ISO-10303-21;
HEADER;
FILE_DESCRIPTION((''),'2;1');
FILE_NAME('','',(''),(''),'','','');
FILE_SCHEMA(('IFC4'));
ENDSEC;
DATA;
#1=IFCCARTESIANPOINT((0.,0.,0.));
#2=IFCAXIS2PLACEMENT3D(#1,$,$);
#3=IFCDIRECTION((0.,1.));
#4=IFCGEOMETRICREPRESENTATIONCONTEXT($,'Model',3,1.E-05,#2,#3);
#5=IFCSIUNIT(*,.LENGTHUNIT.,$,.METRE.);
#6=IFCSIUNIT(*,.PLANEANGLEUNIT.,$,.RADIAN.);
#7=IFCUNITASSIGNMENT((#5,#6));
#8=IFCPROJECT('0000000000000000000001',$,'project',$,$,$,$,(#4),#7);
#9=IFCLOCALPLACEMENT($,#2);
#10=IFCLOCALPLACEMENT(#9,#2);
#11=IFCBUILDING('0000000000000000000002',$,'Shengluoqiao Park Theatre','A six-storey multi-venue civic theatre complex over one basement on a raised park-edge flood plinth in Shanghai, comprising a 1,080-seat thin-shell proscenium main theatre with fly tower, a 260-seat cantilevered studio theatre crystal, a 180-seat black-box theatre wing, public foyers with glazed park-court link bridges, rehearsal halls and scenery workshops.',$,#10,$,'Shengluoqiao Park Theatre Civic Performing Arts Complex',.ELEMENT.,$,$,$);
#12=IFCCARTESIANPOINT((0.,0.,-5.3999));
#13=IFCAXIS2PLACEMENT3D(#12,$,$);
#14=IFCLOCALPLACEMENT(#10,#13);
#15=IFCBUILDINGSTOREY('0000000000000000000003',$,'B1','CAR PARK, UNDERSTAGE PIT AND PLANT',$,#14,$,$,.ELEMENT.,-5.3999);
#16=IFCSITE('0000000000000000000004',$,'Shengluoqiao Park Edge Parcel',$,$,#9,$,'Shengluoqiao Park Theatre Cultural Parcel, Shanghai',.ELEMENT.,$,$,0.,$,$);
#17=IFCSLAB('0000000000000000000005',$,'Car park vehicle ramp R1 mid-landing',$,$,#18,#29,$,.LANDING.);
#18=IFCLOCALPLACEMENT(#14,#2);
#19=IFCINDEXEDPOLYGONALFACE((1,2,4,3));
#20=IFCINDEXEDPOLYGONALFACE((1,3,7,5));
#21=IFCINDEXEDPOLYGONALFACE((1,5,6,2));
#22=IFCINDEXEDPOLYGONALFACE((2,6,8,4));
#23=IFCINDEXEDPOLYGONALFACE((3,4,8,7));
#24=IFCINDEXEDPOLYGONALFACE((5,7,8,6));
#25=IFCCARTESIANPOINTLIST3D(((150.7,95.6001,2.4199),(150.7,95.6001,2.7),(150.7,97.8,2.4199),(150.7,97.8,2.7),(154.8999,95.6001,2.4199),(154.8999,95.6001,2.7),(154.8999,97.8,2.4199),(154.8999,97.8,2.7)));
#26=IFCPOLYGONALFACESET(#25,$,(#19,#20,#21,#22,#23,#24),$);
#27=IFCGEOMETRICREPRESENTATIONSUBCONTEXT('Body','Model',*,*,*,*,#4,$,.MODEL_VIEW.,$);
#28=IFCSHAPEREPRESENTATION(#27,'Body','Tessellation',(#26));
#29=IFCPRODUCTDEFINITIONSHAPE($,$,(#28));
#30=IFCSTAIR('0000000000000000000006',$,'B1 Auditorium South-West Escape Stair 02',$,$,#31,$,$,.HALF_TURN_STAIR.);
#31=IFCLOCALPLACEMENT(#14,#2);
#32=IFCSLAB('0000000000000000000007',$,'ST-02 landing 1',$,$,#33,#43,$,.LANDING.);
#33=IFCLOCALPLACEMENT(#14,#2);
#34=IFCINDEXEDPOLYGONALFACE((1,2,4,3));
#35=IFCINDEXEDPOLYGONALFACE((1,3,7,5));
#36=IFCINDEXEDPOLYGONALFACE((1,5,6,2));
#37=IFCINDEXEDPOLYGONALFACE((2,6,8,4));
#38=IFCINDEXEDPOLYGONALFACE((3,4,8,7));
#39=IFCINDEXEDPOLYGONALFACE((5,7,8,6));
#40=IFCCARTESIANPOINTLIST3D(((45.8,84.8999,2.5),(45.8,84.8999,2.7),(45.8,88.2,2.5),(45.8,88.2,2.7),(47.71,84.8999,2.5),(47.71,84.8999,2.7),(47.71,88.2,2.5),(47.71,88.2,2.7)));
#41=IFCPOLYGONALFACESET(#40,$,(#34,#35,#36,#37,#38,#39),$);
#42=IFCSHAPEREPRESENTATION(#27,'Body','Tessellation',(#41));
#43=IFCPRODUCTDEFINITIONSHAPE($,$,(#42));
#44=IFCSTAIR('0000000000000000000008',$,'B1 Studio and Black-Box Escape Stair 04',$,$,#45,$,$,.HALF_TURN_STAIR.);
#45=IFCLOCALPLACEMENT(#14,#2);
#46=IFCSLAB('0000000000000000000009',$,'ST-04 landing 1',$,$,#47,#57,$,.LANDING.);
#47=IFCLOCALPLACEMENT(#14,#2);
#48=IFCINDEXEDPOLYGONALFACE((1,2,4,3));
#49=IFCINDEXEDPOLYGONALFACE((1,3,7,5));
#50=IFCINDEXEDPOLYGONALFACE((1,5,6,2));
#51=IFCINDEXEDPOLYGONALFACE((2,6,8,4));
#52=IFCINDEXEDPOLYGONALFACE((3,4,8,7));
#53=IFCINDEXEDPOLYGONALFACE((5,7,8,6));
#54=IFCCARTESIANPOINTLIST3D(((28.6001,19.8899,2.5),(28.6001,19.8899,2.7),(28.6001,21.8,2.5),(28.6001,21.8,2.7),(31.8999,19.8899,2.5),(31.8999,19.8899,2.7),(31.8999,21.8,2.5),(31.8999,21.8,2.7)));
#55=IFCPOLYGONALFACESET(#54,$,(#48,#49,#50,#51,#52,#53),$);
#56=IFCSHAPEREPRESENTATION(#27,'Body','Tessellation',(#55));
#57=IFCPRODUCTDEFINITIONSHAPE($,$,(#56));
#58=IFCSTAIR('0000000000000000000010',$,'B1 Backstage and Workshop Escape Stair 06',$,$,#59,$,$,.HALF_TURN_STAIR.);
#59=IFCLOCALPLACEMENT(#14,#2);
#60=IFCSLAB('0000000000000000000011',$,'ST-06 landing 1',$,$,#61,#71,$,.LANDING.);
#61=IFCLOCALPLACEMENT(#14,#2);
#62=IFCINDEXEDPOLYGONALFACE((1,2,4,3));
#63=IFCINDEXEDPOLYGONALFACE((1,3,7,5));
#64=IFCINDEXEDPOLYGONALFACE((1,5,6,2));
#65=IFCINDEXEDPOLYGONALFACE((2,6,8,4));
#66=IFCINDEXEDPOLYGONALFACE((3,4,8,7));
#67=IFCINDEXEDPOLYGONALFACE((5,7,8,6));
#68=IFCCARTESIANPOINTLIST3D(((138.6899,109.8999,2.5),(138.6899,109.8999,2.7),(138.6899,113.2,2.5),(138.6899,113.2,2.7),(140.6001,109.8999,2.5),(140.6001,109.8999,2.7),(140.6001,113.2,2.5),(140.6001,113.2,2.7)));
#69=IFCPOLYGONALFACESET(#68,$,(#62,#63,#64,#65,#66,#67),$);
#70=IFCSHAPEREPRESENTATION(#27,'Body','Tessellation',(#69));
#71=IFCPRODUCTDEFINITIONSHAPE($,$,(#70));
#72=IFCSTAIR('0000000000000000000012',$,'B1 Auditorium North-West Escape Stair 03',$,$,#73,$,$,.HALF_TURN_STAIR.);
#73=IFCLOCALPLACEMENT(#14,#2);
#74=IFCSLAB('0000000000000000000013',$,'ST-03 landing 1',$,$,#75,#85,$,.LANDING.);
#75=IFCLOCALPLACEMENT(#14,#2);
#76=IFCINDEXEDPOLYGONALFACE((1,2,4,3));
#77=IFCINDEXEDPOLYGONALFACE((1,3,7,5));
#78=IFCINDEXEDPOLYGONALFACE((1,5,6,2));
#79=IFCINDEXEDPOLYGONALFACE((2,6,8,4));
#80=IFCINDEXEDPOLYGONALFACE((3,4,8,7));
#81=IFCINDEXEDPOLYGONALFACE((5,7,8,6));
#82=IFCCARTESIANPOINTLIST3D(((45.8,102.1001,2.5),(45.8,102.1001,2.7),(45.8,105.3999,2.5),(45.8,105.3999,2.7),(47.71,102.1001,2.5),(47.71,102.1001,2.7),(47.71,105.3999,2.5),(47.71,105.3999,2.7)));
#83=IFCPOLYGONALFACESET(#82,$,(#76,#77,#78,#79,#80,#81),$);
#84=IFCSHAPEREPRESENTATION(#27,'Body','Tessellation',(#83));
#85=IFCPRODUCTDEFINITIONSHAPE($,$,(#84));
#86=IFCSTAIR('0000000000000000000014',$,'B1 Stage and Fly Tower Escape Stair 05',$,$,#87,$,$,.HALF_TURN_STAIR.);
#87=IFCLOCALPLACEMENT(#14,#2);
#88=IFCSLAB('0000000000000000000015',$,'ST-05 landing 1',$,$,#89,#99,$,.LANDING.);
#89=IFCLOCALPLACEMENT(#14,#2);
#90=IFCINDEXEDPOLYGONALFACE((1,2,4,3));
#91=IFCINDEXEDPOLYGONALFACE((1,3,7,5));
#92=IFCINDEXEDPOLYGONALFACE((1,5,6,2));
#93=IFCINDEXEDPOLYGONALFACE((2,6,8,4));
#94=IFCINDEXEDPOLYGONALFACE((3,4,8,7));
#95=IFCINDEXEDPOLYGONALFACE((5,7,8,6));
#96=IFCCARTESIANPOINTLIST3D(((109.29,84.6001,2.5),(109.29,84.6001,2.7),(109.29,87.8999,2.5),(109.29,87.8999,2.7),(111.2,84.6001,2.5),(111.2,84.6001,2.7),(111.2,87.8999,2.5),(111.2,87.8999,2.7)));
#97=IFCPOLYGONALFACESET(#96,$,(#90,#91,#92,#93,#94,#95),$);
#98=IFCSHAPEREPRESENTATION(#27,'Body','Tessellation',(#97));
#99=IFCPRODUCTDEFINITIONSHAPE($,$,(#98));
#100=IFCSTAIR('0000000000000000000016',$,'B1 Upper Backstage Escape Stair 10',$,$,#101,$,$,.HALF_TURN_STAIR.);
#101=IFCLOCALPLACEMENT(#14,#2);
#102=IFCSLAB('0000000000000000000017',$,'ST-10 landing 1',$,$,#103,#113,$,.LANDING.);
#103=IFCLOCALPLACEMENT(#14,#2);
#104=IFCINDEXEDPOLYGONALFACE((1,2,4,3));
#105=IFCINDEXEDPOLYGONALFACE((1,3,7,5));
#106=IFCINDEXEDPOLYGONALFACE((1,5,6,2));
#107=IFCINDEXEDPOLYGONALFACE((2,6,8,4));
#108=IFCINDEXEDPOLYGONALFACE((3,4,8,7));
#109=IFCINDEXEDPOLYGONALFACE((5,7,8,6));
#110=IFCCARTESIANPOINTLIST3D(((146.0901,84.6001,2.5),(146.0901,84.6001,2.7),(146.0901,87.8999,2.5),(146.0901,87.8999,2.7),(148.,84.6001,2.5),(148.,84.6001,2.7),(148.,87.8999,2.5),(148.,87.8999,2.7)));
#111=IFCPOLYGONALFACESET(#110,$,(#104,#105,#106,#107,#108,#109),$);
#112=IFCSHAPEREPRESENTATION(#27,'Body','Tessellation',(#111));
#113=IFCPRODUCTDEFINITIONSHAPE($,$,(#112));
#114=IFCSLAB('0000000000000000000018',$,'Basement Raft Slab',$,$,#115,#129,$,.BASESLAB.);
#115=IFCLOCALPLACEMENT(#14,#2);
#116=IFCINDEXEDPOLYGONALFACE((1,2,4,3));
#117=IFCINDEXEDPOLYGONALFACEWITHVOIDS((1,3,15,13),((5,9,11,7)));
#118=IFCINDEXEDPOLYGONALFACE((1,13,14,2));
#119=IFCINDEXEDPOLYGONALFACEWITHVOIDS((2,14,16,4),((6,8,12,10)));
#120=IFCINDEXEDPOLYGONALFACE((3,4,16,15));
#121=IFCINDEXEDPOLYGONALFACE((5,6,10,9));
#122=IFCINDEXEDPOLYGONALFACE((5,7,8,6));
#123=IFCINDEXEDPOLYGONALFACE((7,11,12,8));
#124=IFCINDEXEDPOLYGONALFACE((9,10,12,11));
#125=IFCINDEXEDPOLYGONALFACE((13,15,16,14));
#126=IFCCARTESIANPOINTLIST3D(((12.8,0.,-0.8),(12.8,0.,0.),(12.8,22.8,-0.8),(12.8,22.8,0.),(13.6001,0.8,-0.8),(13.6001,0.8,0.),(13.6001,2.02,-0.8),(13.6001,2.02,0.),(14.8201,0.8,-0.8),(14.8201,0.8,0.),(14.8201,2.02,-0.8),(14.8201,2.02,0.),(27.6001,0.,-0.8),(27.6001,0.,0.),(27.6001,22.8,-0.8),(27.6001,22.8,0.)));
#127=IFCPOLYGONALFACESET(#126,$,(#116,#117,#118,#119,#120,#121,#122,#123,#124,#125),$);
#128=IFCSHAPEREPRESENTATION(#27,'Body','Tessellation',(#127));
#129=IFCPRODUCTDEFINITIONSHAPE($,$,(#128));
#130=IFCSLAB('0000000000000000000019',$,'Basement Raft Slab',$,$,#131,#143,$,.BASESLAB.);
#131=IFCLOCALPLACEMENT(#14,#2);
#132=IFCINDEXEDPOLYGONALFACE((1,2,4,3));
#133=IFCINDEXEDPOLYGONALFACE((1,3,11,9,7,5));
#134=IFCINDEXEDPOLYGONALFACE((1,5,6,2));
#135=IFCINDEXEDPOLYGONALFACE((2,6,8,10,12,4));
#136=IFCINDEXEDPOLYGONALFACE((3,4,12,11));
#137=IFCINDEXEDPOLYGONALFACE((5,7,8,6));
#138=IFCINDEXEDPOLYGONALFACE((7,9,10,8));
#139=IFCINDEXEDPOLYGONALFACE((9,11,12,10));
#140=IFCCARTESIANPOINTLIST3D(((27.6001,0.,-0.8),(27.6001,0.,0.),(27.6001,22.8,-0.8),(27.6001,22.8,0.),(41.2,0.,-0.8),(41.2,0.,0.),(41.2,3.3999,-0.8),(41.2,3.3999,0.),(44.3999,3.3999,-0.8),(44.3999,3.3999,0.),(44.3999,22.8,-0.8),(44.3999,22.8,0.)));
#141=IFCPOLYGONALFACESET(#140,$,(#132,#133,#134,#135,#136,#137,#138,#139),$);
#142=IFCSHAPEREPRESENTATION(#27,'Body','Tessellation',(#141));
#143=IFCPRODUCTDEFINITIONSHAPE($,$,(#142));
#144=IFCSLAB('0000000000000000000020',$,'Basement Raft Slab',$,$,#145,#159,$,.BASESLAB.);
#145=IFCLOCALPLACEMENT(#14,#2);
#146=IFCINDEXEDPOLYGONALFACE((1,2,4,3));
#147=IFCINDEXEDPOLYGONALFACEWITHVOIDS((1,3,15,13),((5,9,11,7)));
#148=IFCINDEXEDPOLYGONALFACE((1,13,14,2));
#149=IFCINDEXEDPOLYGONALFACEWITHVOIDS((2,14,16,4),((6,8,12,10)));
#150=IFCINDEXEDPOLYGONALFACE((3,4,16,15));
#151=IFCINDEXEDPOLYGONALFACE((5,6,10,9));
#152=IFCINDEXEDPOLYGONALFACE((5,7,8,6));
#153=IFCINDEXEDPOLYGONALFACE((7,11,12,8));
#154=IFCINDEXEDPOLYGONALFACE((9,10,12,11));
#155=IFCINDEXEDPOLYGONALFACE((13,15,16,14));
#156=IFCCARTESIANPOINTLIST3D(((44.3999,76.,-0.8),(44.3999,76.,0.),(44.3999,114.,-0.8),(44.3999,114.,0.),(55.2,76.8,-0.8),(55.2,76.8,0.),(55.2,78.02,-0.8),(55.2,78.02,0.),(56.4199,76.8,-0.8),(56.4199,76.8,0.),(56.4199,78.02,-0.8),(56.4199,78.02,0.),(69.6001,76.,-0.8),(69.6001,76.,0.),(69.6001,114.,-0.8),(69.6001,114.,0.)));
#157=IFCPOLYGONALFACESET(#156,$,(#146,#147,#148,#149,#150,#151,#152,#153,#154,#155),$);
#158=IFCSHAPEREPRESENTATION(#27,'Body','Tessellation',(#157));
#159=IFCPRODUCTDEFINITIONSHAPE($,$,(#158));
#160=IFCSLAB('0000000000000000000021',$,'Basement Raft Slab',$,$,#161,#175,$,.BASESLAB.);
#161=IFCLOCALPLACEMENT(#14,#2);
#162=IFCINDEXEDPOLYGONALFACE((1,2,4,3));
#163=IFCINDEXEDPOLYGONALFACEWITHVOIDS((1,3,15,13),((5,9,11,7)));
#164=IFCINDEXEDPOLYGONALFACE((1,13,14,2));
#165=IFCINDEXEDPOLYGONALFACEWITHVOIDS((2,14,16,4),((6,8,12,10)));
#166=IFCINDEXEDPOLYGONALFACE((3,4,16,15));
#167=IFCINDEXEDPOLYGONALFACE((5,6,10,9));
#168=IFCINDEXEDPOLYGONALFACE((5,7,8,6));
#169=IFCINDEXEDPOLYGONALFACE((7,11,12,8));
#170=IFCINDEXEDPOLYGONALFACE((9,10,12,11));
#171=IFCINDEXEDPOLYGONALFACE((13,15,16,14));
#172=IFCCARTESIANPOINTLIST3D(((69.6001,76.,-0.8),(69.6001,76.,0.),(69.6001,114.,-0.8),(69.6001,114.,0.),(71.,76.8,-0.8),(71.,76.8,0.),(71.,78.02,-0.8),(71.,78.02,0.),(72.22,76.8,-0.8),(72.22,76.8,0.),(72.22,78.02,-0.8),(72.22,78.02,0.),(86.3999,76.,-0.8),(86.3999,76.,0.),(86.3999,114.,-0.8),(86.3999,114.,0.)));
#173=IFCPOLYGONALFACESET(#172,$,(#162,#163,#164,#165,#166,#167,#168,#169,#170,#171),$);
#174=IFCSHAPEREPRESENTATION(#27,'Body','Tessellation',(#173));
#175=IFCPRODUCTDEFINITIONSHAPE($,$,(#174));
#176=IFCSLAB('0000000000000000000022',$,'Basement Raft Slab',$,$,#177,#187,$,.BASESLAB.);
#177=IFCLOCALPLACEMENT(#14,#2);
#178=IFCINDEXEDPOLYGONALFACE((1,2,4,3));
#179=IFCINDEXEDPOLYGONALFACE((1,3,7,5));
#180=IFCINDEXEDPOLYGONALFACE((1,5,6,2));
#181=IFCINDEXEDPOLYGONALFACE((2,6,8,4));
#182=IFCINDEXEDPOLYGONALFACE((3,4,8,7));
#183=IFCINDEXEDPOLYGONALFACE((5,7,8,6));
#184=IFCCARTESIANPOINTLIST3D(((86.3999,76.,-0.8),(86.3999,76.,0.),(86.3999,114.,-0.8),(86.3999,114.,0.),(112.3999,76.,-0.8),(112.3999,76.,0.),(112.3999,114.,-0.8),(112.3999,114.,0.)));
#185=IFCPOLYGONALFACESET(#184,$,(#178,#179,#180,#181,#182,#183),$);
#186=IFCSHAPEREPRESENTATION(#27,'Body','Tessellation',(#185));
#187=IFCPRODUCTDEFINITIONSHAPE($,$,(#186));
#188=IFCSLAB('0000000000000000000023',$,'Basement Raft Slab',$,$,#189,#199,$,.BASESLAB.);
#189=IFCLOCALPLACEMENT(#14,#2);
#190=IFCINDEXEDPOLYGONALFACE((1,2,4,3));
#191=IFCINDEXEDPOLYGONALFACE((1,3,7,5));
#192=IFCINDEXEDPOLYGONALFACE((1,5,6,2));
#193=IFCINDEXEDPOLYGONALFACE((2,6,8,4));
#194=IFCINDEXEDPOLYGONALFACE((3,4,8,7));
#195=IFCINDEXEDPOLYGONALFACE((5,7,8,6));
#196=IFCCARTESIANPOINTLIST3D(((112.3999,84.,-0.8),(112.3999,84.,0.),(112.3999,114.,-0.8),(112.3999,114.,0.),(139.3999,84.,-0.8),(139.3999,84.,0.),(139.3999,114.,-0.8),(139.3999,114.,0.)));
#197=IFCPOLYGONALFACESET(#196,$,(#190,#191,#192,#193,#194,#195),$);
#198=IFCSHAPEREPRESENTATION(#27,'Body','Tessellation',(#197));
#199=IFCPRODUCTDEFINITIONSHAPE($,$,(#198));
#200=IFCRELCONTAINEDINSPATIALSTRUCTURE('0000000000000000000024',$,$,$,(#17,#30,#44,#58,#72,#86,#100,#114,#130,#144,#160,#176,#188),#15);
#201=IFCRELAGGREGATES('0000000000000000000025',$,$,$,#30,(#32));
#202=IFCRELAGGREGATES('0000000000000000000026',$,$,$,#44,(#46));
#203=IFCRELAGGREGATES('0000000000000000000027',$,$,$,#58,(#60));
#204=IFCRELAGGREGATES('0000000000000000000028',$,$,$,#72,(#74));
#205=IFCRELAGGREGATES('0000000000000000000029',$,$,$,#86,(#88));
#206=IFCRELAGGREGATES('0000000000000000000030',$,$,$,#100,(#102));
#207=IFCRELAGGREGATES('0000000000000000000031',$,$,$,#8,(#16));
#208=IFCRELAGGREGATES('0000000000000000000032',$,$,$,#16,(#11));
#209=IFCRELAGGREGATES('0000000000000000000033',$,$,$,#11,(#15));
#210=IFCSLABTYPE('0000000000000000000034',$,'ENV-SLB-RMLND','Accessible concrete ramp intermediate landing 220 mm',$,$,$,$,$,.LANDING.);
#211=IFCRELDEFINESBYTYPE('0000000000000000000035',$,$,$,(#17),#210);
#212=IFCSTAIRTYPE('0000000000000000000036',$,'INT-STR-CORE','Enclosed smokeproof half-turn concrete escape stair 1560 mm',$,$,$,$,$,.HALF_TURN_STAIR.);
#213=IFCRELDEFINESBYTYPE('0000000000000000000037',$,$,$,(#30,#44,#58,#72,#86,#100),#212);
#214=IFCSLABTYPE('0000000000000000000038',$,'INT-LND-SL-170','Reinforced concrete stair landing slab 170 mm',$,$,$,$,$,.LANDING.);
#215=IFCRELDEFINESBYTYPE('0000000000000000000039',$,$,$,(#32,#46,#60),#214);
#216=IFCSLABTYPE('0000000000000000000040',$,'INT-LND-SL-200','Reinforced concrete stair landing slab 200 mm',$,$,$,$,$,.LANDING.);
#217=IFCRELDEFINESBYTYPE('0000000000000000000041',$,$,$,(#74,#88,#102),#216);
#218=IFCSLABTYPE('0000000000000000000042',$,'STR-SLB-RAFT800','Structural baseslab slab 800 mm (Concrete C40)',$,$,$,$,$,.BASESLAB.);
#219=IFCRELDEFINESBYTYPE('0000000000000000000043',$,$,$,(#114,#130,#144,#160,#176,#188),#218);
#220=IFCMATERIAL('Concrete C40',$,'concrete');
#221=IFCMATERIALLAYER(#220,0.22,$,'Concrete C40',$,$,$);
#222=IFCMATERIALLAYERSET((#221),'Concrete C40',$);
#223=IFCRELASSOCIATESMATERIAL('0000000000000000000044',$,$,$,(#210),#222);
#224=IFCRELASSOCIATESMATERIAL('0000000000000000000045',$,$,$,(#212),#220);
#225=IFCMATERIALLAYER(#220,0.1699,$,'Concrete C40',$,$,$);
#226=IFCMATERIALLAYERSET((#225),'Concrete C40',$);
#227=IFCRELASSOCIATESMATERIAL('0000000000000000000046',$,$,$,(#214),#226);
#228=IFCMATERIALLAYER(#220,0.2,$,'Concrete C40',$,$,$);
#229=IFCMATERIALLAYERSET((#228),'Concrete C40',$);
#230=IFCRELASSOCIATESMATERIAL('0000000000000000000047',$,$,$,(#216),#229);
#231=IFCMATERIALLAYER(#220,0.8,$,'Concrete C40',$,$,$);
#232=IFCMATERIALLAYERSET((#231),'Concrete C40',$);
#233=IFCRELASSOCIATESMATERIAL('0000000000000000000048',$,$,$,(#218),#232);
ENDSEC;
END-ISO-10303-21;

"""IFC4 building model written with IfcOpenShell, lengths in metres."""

from ifc_helpers import new_model, si_unit, direction, frame, origin, place, context, subcontext, project, spatial, polyline, outline, extrude, material, layer, layer_set, type_object, element, aggregate, save


model = new_model("IFC4")

# Units and contexts
model_context = context("Model", 3, precision=1e-05, world=origin(), true_north=direction((0.0, 1.0)))
body_context = subcontext(model_context, "Body", "Model", "MODEL_VIEW")
ifc_project = project(units=[si_unit("LENGTHUNIT", "METRE"), si_unit("PLANEANGLEUNIT", "RADIAN")], contexts=[model_context])

# Site, building, storey
site_placement = place(None, origin())
site = spatial("IfcSite", under=ifc_project, at=site_placement, Name="Shengluoqiao Park Edge Parcel", LongName="Shengluoqiao Park Theatre Cultural Parcel, Shanghai", CompositionType="ELEMENT", RefElevation=0.0)
building_placement = place(site_placement, origin())
building = spatial("IfcBuilding", under=site, at=building_placement, Name="Shengluoqiao Park Theatre", Description="A six-storey multi-venue civic theatre complex over one basement on a raised park-edge flood plinth in Shanghai, comprising a 1,080-seat thin-shell proscenium main theatre with fly tower, a 260-seat cantilevered studio theatre crystal, a 180-seat black-box theatre wing, public foyers with glazed park-court link bridges, rehearsal halls and scenery workshops.", LongName="Shengluoqiao Park Theatre Civic Performing Arts Complex", CompositionType="ELEMENT")
storey_placement = place(building_placement, frame((0.0, 0.0, -5.3999)))
storey = spatial("IfcBuildingStorey", under=building, at=storey_placement, Name="B1", Description="CAR PARK, UNDERSTAGE PIT AND PLANT", CompositionType="ELEMENT", Elevation=-5.3999)

# Shared definitions
ifc_material_1 = material(Name="Concrete C40", Category="concrete")

# Slab
ifc_layer_1 = layer(ifc_material_1, 0.22, Name="Concrete C40")
ifc_layer_set_1 = layer_set([ifc_layer_1], Name="Concrete C40")
slab_type_1 = type_object("IfcSlabType", Name="ENV-SLB-RMLND", Description="Accessible concrete ramp intermediate landing 220 mm", PredefinedType="LANDING", material=ifc_layer_set_1)
slab_1_placement = place(storey_placement, frame((0.0, 0.0, 2.4199)))
element("IfcSlab", 1, at=slab_1_placement, inside=storey, type_object=slab_type_1, Name="Car park vehicle ramp R1 mid-landing", PredefinedType="LANDING", context=body_context, shape_type="SweptSolid", body=[
    extrude(outline(polyline([(150.7, 95.6001), (154.8999, 95.6001), (154.8999, 97.8), (150.7, 97.8), (150.7, 95.6001)])), origin(), (0.0, 0.0, 1.0), 0.28),
])

# Stairs, slabs
stair_type = type_object("IfcStairType", Name="INT-STR-CORE", Description="Enclosed smokeproof half-turn concrete escape stair 1560 mm", PredefinedType="HALF_TURN_STAIR", material=ifc_material_1)
stair_1_placement = place(storey_placement, origin())
stair_1 = element("IfcStair", 2, at=stair_1_placement, inside=storey, type_object=stair_type, Name="B1 Auditorium South-West Escape Stair 02", PredefinedType="HALF_TURN_STAIR")
ifc_layer_2 = layer(ifc_material_1, 0.1699, Name="Concrete C40")
ifc_layer_set_2 = layer_set([ifc_layer_2], Name="Concrete C40")
slab_type_2 = type_object("IfcSlabType", Name="INT-LND-SL-170", Description="Reinforced concrete stair landing slab 170 mm", PredefinedType="LANDING", material=ifc_layer_set_2)
slab_2_placement = place(storey_placement, frame((0.0, 0.0, 2.5)))
slab_2 = element("IfcSlab", 3, at=slab_2_placement, type_object=slab_type_2, Name="ST-02 landing 1", PredefinedType="LANDING", context=body_context, shape_type="SweptSolid", body=[
    extrude(outline(polyline([(47.71, 88.2), (45.8, 88.2), (45.8, 84.8999), (47.71, 84.8999), (47.71, 88.2)])), origin(), (0.0, 0.0, 1.0), 0.2),
])
aggregate(stair_1, [slab_2])
stair_2_placement = place(storey_placement, origin())
stair_2 = element("IfcStair", 4, at=stair_2_placement, inside=storey, type_object=stair_type, Name="B1 Studio and Black-Box Escape Stair 04", PredefinedType="HALF_TURN_STAIR")
slab_3_placement = place(storey_placement, frame((0.0, 0.0, 2.5)))
slab_3 = element("IfcSlab", 5, at=slab_3_placement, type_object=slab_type_2, Name="ST-04 landing 1", PredefinedType="LANDING", context=body_context, shape_type="SweptSolid", body=[
    extrude(outline(polyline([(31.8999, 19.8899), (31.8999, 21.8), (28.6001, 21.8), (28.6001, 19.8899), (31.8999, 19.8899)])), origin(), (0.0, 0.0, 1.0), 0.2),
])
aggregate(stair_2, [slab_3])
stair_3_placement = place(storey_placement, origin())
stair_3 = element("IfcStair", 6, at=stair_3_placement, inside=storey, type_object=stair_type, Name="B1 Backstage and Workshop Escape Stair 06", PredefinedType="HALF_TURN_STAIR")
slab_4_placement = place(storey_placement, frame((0.0, 0.0, 2.5)))
slab_4 = element("IfcSlab", 7, at=slab_4_placement, type_object=slab_type_2, Name="ST-06 landing 1", PredefinedType="LANDING", context=body_context, shape_type="SweptSolid", body=[
    extrude(outline(polyline([(138.6899, 109.8999), (140.6001, 109.8999), (140.6001, 113.2), (138.6899, 113.2), (138.6899, 109.8999)])), origin(), (0.0, 0.0, 1.0), 0.2),
])
aggregate(stair_3, [slab_4])
stair_4_placement = place(storey_placement, origin())
stair_4 = element("IfcStair", 8, at=stair_4_placement, inside=storey, type_object=stair_type, Name="B1 Auditorium North-West Escape Stair 03", PredefinedType="HALF_TURN_STAIR")
ifc_layer_3 = layer(ifc_material_1, 0.2, Name="Concrete C40")
ifc_layer_set_3 = layer_set([ifc_layer_3], Name="Concrete C40")
slab_type_3 = type_object("IfcSlabType", Name="INT-LND-SL-200", Description="Reinforced concrete stair landing slab 200 mm", PredefinedType="LANDING", material=ifc_layer_set_3)
slab_5_placement = place(storey_placement, frame((0.0, 0.0, 2.5)))
slab_5 = element("IfcSlab", 9, at=slab_5_placement, type_object=slab_type_3, Name="ST-03 landing 1", PredefinedType="LANDING", context=body_context, shape_type="SweptSolid", body=[
    extrude(outline(polyline([(47.71, 105.3999), (45.8, 105.3999), (45.8, 102.1001), (47.71, 102.1001), (47.71, 105.3999)])), origin(), (0.0, 0.0, 1.0), 0.2),
])
aggregate(stair_4, [slab_5])
stair_5_placement = place(storey_placement, origin())
stair_5 = element("IfcStair", 10, at=stair_5_placement, inside=storey, type_object=stair_type, Name="B1 Stage and Fly Tower Escape Stair 05", PredefinedType="HALF_TURN_STAIR")
slab_6_placement = place(storey_placement, frame((0.0, 0.0, 2.5)))
slab_6 = element("IfcSlab", 11, at=slab_6_placement, type_object=slab_type_3, Name="ST-05 landing 1", PredefinedType="LANDING", context=body_context, shape_type="SweptSolid", body=[
    extrude(outline(polyline([(109.29, 84.6001), (111.2, 84.6001), (111.2, 87.8999), (109.29, 87.8999), (109.29, 84.6001)])), origin(), (0.0, 0.0, 1.0), 0.2),
])
aggregate(stair_5, [slab_6])
stair_6_placement = place(storey_placement, origin())
stair_6 = element("IfcStair", 12, at=stair_6_placement, inside=storey, type_object=stair_type, Name="B1 Upper Backstage Escape Stair 10", PredefinedType="HALF_TURN_STAIR")
slab_7_placement = place(storey_placement, frame((0.0, 0.0, 2.5)))
slab_7 = element("IfcSlab", 13, at=slab_7_placement, type_object=slab_type_3, Name="ST-10 landing 1", PredefinedType="LANDING", context=body_context, shape_type="SweptSolid", body=[
    extrude(outline(polyline([(146.0901, 84.6001), (148.0, 84.6001), (148.0, 87.8999), (146.0901, 87.8999), (146.0901, 84.6001)])), origin(), (0.0, 0.0, 1.0), 0.2),
])
aggregate(stair_6, [slab_7])

# Slabs
ifc_layer_4 = layer(ifc_material_1, 0.8, Name="Concrete C40")
ifc_layer_set_4 = layer_set([ifc_layer_4], Name="Concrete C40")
slab_type_4 = type_object("IfcSlabType", Name="STR-SLB-RAFT800", Description="Structural baseslab slab 800 mm (Concrete C40)", PredefinedType="BASESLAB", material=ifc_layer_set_4)
slab_8_placement = place(storey_placement, frame((0.0, 0.0, -0.8)))
element("IfcSlab", 14, at=slab_8_placement, inside=storey, type_object=slab_type_4, Name="Basement Raft Slab", PredefinedType="BASESLAB", context=body_context, shape_type="SweptSolid", body=[
    extrude(outline(polyline([(12.8, 0.0), (12.8, 22.8), (27.6001, 22.8), (27.6001, 0.0), (12.8, 0.0)]), holes=[polyline([(13.6001, 0.8), (14.8201, 0.8), (14.8201, 2.02), (13.6001, 2.02), (13.6001, 0.8)])]), origin(), (0.0, 0.0, 1.0), 0.8),
])
slab_9_placement = place(storey_placement, frame((0.0, 0.0, -0.8)))
element("IfcSlab", 15, at=slab_9_placement, inside=storey, type_object=slab_type_4, Name="Basement Raft Slab", PredefinedType="BASESLAB", context=body_context, shape_type="SweptSolid", body=[
    extrude(outline(polyline([(27.6001, 22.8), (44.3999, 22.8), (44.3999, 3.3999), (41.2, 3.3999), (41.2, 0.0), (27.6001, 0.0), (27.6001, 22.8)])), origin(), (0.0, 0.0, 1.0), 0.8),
])
slab_10_placement = place(storey_placement, frame((0.0, 0.0, -0.8)))
element("IfcSlab", 16, at=slab_10_placement, inside=storey, type_object=slab_type_4, Name="Basement Raft Slab", PredefinedType="BASESLAB", context=body_context, shape_type="SweptSolid", body=[
    extrude(outline(polyline([(44.3999, 76.0), (44.3999, 114.0), (69.6001, 114.0), (69.6001, 76.0), (44.3999, 76.0)]), holes=[polyline([(55.2, 76.8), (56.4199, 76.8), (56.4199, 78.02), (55.2, 78.02), (55.2, 76.8)])]), origin(), (0.0, 0.0, 1.0), 0.8),
])
slab_11_placement = place(storey_placement, frame((0.0, 0.0, -0.8)))
element("IfcSlab", 17, at=slab_11_placement, inside=storey, type_object=slab_type_4, Name="Basement Raft Slab", PredefinedType="BASESLAB", context=body_context, shape_type="SweptSolid", body=[
    extrude(outline(polyline([(69.6001, 76.0), (69.6001, 114.0), (86.3999, 114.0), (86.3999, 76.0), (69.6001, 76.0)]), holes=[polyline([(71.0, 76.8), (72.22, 76.8), (72.22, 78.02), (71.0, 78.02), (71.0, 76.8)])]), origin(), (0.0, 0.0, 1.0), 0.8),
])
slab_12_placement = place(storey_placement, frame((0.0, 0.0, -0.8)))
element("IfcSlab", 18, at=slab_12_placement, inside=storey, type_object=slab_type_4, Name="Basement Raft Slab", PredefinedType="BASESLAB", context=body_context, shape_type="SweptSolid", body=[
    extrude(outline(polyline([(86.3999, 76.0), (86.3999, 114.0), (112.3999, 114.0), (112.3999, 76.0), (86.3999, 76.0)])), origin(), (0.0, 0.0, 1.0), 0.8),
])
slab_13_placement = place(storey_placement, frame((0.0, 0.0, -0.8)))
element("IfcSlab", 19, at=slab_13_placement, inside=storey, type_object=slab_type_4, Name="Basement Raft Slab", PredefinedType="BASESLAB", context=body_context, shape_type="SweptSolid", body=[
    extrude(outline(polyline([(112.3999, 84.0), (112.3999, 114.0), (139.3999, 114.0), (139.3999, 84.0), (112.3999, 84.0)])), origin(), (0.0, 0.0, 1.0), 0.8),
])

save(model, "model.ifc")
